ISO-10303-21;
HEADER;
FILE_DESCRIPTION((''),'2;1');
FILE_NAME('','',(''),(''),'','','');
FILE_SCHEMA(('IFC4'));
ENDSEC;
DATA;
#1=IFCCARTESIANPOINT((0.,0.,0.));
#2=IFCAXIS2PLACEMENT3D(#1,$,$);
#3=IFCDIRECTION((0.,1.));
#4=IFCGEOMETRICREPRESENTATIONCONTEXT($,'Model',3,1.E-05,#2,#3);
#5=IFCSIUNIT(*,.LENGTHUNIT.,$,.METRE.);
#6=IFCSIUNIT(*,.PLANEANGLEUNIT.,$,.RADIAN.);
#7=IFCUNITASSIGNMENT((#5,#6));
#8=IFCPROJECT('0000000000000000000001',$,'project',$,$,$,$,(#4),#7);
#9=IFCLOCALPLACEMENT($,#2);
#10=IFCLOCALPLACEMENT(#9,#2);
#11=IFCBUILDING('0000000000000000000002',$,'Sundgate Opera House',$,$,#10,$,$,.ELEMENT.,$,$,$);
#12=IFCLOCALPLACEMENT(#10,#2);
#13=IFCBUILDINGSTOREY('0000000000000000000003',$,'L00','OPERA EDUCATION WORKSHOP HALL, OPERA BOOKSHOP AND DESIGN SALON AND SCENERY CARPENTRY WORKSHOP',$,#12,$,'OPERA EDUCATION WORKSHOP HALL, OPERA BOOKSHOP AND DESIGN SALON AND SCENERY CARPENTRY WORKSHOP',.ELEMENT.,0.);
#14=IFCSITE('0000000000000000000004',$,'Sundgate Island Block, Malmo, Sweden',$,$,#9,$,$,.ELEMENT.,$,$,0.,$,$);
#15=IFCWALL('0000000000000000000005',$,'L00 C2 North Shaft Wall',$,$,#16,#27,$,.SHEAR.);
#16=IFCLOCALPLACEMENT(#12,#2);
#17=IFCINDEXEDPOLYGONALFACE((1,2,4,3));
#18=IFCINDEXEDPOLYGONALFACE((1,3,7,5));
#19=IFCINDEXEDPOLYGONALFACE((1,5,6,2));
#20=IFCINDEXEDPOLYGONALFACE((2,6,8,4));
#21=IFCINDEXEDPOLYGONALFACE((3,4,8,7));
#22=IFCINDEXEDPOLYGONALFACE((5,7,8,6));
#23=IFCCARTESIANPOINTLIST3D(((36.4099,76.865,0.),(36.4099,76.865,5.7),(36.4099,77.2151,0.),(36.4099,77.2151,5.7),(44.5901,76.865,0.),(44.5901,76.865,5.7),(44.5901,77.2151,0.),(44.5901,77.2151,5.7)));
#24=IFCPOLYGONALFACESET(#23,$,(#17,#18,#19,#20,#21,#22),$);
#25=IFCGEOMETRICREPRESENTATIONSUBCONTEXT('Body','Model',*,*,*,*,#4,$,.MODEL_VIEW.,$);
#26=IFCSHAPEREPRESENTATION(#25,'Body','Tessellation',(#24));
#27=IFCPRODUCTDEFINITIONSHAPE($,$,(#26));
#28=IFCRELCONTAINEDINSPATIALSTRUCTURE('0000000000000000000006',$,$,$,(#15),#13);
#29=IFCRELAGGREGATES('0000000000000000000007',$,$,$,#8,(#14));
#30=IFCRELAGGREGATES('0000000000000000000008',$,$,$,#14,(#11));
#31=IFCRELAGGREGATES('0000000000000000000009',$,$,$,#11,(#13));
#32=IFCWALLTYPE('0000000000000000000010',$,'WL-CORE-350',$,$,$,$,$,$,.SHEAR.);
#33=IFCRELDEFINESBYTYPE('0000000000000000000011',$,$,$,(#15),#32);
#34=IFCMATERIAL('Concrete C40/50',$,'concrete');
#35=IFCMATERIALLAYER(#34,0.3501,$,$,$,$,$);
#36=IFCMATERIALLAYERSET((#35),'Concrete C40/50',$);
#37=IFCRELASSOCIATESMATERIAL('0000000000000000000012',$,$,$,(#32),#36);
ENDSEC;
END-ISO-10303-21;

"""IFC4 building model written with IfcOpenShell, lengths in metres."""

from ifc_helpers import new_model, si_unit, direction, frame, frame_2d, origin, place, context, subcontext, project, spatial, rectangle, extrude, material, layer, layer_set, type_object, element, save


model = new_model("IFC4")

# Units and contexts
model_context = context("Model", 3, precision=1e-05, world=origin(), true_north=direction((0.0, 1.0)))
body_context = subcontext(model_context, "Body", "Model", "MODEL_VIEW")
ifc_project = project(units=[si_unit("LENGTHUNIT", "METRE"), si_unit("PLANEANGLEUNIT", "RADIAN")], contexts=[model_context])

# Site, building, storey
site_placement = place(None, origin())
site = spatial("IfcSite", under=ifc_project, at=site_placement, Name="Sundgate Island Block, Malmo, Sweden", CompositionType="ELEMENT", RefElevation=0.0)
building_placement = place(site_placement, origin())
building = spatial("IfcBuilding", under=site, at=building_placement, Name="Sundgate Opera House", CompositionType="ELEMENT")
storey_placement = place(building_placement, origin())
storey = spatial("IfcBuildingStorey", under=building, at=storey_placement, Name="L00", Description="OPERA EDUCATION WORKSHOP HALL, OPERA BOOKSHOP AND DESIGN SALON AND SCENERY CARPENTRY WORKSHOP", LongName="OPERA EDUCATION WORKSHOP HALL, OPERA BOOKSHOP AND DESIGN SALON AND SCENERY CARPENTRY WORKSHOP", CompositionType="ELEMENT", Elevation=0.0)

# Wall
ifc_material_1 = material(Name="Concrete C40/50", Category="concrete")
ifc_layer_1 = layer(ifc_material_1, 0.3501)
ifc_layer_set_1 = layer_set([ifc_layer_1], Name="Concrete C40/50")
wall_type = type_object("IfcWallType", Name="WL-CORE-350", PredefinedType="SHEAR", material=ifc_layer_set_1)
wall_placement = place(storey_placement, frame((36.4099, 77.04, 0.0), z_axis=(0.0, 0.0, 1.0), x_axis=(1.0, 0.0, 0.0)))
element("IfcWall", 1, at=wall_placement, inside=storey, type_object=wall_type, Name="L00 C2 North Shaft Wall", PredefinedType="SHEAR", context=body_context, shape_type="SweptSolid", body=[
    extrude(rectangle(XDim=8.1802, YDim=0.3501, at=frame_2d((4.0901, 0.0))), origin(), (0.0, 0.0, 1.0), 5.7),
])

save(model, "model.ifc")
